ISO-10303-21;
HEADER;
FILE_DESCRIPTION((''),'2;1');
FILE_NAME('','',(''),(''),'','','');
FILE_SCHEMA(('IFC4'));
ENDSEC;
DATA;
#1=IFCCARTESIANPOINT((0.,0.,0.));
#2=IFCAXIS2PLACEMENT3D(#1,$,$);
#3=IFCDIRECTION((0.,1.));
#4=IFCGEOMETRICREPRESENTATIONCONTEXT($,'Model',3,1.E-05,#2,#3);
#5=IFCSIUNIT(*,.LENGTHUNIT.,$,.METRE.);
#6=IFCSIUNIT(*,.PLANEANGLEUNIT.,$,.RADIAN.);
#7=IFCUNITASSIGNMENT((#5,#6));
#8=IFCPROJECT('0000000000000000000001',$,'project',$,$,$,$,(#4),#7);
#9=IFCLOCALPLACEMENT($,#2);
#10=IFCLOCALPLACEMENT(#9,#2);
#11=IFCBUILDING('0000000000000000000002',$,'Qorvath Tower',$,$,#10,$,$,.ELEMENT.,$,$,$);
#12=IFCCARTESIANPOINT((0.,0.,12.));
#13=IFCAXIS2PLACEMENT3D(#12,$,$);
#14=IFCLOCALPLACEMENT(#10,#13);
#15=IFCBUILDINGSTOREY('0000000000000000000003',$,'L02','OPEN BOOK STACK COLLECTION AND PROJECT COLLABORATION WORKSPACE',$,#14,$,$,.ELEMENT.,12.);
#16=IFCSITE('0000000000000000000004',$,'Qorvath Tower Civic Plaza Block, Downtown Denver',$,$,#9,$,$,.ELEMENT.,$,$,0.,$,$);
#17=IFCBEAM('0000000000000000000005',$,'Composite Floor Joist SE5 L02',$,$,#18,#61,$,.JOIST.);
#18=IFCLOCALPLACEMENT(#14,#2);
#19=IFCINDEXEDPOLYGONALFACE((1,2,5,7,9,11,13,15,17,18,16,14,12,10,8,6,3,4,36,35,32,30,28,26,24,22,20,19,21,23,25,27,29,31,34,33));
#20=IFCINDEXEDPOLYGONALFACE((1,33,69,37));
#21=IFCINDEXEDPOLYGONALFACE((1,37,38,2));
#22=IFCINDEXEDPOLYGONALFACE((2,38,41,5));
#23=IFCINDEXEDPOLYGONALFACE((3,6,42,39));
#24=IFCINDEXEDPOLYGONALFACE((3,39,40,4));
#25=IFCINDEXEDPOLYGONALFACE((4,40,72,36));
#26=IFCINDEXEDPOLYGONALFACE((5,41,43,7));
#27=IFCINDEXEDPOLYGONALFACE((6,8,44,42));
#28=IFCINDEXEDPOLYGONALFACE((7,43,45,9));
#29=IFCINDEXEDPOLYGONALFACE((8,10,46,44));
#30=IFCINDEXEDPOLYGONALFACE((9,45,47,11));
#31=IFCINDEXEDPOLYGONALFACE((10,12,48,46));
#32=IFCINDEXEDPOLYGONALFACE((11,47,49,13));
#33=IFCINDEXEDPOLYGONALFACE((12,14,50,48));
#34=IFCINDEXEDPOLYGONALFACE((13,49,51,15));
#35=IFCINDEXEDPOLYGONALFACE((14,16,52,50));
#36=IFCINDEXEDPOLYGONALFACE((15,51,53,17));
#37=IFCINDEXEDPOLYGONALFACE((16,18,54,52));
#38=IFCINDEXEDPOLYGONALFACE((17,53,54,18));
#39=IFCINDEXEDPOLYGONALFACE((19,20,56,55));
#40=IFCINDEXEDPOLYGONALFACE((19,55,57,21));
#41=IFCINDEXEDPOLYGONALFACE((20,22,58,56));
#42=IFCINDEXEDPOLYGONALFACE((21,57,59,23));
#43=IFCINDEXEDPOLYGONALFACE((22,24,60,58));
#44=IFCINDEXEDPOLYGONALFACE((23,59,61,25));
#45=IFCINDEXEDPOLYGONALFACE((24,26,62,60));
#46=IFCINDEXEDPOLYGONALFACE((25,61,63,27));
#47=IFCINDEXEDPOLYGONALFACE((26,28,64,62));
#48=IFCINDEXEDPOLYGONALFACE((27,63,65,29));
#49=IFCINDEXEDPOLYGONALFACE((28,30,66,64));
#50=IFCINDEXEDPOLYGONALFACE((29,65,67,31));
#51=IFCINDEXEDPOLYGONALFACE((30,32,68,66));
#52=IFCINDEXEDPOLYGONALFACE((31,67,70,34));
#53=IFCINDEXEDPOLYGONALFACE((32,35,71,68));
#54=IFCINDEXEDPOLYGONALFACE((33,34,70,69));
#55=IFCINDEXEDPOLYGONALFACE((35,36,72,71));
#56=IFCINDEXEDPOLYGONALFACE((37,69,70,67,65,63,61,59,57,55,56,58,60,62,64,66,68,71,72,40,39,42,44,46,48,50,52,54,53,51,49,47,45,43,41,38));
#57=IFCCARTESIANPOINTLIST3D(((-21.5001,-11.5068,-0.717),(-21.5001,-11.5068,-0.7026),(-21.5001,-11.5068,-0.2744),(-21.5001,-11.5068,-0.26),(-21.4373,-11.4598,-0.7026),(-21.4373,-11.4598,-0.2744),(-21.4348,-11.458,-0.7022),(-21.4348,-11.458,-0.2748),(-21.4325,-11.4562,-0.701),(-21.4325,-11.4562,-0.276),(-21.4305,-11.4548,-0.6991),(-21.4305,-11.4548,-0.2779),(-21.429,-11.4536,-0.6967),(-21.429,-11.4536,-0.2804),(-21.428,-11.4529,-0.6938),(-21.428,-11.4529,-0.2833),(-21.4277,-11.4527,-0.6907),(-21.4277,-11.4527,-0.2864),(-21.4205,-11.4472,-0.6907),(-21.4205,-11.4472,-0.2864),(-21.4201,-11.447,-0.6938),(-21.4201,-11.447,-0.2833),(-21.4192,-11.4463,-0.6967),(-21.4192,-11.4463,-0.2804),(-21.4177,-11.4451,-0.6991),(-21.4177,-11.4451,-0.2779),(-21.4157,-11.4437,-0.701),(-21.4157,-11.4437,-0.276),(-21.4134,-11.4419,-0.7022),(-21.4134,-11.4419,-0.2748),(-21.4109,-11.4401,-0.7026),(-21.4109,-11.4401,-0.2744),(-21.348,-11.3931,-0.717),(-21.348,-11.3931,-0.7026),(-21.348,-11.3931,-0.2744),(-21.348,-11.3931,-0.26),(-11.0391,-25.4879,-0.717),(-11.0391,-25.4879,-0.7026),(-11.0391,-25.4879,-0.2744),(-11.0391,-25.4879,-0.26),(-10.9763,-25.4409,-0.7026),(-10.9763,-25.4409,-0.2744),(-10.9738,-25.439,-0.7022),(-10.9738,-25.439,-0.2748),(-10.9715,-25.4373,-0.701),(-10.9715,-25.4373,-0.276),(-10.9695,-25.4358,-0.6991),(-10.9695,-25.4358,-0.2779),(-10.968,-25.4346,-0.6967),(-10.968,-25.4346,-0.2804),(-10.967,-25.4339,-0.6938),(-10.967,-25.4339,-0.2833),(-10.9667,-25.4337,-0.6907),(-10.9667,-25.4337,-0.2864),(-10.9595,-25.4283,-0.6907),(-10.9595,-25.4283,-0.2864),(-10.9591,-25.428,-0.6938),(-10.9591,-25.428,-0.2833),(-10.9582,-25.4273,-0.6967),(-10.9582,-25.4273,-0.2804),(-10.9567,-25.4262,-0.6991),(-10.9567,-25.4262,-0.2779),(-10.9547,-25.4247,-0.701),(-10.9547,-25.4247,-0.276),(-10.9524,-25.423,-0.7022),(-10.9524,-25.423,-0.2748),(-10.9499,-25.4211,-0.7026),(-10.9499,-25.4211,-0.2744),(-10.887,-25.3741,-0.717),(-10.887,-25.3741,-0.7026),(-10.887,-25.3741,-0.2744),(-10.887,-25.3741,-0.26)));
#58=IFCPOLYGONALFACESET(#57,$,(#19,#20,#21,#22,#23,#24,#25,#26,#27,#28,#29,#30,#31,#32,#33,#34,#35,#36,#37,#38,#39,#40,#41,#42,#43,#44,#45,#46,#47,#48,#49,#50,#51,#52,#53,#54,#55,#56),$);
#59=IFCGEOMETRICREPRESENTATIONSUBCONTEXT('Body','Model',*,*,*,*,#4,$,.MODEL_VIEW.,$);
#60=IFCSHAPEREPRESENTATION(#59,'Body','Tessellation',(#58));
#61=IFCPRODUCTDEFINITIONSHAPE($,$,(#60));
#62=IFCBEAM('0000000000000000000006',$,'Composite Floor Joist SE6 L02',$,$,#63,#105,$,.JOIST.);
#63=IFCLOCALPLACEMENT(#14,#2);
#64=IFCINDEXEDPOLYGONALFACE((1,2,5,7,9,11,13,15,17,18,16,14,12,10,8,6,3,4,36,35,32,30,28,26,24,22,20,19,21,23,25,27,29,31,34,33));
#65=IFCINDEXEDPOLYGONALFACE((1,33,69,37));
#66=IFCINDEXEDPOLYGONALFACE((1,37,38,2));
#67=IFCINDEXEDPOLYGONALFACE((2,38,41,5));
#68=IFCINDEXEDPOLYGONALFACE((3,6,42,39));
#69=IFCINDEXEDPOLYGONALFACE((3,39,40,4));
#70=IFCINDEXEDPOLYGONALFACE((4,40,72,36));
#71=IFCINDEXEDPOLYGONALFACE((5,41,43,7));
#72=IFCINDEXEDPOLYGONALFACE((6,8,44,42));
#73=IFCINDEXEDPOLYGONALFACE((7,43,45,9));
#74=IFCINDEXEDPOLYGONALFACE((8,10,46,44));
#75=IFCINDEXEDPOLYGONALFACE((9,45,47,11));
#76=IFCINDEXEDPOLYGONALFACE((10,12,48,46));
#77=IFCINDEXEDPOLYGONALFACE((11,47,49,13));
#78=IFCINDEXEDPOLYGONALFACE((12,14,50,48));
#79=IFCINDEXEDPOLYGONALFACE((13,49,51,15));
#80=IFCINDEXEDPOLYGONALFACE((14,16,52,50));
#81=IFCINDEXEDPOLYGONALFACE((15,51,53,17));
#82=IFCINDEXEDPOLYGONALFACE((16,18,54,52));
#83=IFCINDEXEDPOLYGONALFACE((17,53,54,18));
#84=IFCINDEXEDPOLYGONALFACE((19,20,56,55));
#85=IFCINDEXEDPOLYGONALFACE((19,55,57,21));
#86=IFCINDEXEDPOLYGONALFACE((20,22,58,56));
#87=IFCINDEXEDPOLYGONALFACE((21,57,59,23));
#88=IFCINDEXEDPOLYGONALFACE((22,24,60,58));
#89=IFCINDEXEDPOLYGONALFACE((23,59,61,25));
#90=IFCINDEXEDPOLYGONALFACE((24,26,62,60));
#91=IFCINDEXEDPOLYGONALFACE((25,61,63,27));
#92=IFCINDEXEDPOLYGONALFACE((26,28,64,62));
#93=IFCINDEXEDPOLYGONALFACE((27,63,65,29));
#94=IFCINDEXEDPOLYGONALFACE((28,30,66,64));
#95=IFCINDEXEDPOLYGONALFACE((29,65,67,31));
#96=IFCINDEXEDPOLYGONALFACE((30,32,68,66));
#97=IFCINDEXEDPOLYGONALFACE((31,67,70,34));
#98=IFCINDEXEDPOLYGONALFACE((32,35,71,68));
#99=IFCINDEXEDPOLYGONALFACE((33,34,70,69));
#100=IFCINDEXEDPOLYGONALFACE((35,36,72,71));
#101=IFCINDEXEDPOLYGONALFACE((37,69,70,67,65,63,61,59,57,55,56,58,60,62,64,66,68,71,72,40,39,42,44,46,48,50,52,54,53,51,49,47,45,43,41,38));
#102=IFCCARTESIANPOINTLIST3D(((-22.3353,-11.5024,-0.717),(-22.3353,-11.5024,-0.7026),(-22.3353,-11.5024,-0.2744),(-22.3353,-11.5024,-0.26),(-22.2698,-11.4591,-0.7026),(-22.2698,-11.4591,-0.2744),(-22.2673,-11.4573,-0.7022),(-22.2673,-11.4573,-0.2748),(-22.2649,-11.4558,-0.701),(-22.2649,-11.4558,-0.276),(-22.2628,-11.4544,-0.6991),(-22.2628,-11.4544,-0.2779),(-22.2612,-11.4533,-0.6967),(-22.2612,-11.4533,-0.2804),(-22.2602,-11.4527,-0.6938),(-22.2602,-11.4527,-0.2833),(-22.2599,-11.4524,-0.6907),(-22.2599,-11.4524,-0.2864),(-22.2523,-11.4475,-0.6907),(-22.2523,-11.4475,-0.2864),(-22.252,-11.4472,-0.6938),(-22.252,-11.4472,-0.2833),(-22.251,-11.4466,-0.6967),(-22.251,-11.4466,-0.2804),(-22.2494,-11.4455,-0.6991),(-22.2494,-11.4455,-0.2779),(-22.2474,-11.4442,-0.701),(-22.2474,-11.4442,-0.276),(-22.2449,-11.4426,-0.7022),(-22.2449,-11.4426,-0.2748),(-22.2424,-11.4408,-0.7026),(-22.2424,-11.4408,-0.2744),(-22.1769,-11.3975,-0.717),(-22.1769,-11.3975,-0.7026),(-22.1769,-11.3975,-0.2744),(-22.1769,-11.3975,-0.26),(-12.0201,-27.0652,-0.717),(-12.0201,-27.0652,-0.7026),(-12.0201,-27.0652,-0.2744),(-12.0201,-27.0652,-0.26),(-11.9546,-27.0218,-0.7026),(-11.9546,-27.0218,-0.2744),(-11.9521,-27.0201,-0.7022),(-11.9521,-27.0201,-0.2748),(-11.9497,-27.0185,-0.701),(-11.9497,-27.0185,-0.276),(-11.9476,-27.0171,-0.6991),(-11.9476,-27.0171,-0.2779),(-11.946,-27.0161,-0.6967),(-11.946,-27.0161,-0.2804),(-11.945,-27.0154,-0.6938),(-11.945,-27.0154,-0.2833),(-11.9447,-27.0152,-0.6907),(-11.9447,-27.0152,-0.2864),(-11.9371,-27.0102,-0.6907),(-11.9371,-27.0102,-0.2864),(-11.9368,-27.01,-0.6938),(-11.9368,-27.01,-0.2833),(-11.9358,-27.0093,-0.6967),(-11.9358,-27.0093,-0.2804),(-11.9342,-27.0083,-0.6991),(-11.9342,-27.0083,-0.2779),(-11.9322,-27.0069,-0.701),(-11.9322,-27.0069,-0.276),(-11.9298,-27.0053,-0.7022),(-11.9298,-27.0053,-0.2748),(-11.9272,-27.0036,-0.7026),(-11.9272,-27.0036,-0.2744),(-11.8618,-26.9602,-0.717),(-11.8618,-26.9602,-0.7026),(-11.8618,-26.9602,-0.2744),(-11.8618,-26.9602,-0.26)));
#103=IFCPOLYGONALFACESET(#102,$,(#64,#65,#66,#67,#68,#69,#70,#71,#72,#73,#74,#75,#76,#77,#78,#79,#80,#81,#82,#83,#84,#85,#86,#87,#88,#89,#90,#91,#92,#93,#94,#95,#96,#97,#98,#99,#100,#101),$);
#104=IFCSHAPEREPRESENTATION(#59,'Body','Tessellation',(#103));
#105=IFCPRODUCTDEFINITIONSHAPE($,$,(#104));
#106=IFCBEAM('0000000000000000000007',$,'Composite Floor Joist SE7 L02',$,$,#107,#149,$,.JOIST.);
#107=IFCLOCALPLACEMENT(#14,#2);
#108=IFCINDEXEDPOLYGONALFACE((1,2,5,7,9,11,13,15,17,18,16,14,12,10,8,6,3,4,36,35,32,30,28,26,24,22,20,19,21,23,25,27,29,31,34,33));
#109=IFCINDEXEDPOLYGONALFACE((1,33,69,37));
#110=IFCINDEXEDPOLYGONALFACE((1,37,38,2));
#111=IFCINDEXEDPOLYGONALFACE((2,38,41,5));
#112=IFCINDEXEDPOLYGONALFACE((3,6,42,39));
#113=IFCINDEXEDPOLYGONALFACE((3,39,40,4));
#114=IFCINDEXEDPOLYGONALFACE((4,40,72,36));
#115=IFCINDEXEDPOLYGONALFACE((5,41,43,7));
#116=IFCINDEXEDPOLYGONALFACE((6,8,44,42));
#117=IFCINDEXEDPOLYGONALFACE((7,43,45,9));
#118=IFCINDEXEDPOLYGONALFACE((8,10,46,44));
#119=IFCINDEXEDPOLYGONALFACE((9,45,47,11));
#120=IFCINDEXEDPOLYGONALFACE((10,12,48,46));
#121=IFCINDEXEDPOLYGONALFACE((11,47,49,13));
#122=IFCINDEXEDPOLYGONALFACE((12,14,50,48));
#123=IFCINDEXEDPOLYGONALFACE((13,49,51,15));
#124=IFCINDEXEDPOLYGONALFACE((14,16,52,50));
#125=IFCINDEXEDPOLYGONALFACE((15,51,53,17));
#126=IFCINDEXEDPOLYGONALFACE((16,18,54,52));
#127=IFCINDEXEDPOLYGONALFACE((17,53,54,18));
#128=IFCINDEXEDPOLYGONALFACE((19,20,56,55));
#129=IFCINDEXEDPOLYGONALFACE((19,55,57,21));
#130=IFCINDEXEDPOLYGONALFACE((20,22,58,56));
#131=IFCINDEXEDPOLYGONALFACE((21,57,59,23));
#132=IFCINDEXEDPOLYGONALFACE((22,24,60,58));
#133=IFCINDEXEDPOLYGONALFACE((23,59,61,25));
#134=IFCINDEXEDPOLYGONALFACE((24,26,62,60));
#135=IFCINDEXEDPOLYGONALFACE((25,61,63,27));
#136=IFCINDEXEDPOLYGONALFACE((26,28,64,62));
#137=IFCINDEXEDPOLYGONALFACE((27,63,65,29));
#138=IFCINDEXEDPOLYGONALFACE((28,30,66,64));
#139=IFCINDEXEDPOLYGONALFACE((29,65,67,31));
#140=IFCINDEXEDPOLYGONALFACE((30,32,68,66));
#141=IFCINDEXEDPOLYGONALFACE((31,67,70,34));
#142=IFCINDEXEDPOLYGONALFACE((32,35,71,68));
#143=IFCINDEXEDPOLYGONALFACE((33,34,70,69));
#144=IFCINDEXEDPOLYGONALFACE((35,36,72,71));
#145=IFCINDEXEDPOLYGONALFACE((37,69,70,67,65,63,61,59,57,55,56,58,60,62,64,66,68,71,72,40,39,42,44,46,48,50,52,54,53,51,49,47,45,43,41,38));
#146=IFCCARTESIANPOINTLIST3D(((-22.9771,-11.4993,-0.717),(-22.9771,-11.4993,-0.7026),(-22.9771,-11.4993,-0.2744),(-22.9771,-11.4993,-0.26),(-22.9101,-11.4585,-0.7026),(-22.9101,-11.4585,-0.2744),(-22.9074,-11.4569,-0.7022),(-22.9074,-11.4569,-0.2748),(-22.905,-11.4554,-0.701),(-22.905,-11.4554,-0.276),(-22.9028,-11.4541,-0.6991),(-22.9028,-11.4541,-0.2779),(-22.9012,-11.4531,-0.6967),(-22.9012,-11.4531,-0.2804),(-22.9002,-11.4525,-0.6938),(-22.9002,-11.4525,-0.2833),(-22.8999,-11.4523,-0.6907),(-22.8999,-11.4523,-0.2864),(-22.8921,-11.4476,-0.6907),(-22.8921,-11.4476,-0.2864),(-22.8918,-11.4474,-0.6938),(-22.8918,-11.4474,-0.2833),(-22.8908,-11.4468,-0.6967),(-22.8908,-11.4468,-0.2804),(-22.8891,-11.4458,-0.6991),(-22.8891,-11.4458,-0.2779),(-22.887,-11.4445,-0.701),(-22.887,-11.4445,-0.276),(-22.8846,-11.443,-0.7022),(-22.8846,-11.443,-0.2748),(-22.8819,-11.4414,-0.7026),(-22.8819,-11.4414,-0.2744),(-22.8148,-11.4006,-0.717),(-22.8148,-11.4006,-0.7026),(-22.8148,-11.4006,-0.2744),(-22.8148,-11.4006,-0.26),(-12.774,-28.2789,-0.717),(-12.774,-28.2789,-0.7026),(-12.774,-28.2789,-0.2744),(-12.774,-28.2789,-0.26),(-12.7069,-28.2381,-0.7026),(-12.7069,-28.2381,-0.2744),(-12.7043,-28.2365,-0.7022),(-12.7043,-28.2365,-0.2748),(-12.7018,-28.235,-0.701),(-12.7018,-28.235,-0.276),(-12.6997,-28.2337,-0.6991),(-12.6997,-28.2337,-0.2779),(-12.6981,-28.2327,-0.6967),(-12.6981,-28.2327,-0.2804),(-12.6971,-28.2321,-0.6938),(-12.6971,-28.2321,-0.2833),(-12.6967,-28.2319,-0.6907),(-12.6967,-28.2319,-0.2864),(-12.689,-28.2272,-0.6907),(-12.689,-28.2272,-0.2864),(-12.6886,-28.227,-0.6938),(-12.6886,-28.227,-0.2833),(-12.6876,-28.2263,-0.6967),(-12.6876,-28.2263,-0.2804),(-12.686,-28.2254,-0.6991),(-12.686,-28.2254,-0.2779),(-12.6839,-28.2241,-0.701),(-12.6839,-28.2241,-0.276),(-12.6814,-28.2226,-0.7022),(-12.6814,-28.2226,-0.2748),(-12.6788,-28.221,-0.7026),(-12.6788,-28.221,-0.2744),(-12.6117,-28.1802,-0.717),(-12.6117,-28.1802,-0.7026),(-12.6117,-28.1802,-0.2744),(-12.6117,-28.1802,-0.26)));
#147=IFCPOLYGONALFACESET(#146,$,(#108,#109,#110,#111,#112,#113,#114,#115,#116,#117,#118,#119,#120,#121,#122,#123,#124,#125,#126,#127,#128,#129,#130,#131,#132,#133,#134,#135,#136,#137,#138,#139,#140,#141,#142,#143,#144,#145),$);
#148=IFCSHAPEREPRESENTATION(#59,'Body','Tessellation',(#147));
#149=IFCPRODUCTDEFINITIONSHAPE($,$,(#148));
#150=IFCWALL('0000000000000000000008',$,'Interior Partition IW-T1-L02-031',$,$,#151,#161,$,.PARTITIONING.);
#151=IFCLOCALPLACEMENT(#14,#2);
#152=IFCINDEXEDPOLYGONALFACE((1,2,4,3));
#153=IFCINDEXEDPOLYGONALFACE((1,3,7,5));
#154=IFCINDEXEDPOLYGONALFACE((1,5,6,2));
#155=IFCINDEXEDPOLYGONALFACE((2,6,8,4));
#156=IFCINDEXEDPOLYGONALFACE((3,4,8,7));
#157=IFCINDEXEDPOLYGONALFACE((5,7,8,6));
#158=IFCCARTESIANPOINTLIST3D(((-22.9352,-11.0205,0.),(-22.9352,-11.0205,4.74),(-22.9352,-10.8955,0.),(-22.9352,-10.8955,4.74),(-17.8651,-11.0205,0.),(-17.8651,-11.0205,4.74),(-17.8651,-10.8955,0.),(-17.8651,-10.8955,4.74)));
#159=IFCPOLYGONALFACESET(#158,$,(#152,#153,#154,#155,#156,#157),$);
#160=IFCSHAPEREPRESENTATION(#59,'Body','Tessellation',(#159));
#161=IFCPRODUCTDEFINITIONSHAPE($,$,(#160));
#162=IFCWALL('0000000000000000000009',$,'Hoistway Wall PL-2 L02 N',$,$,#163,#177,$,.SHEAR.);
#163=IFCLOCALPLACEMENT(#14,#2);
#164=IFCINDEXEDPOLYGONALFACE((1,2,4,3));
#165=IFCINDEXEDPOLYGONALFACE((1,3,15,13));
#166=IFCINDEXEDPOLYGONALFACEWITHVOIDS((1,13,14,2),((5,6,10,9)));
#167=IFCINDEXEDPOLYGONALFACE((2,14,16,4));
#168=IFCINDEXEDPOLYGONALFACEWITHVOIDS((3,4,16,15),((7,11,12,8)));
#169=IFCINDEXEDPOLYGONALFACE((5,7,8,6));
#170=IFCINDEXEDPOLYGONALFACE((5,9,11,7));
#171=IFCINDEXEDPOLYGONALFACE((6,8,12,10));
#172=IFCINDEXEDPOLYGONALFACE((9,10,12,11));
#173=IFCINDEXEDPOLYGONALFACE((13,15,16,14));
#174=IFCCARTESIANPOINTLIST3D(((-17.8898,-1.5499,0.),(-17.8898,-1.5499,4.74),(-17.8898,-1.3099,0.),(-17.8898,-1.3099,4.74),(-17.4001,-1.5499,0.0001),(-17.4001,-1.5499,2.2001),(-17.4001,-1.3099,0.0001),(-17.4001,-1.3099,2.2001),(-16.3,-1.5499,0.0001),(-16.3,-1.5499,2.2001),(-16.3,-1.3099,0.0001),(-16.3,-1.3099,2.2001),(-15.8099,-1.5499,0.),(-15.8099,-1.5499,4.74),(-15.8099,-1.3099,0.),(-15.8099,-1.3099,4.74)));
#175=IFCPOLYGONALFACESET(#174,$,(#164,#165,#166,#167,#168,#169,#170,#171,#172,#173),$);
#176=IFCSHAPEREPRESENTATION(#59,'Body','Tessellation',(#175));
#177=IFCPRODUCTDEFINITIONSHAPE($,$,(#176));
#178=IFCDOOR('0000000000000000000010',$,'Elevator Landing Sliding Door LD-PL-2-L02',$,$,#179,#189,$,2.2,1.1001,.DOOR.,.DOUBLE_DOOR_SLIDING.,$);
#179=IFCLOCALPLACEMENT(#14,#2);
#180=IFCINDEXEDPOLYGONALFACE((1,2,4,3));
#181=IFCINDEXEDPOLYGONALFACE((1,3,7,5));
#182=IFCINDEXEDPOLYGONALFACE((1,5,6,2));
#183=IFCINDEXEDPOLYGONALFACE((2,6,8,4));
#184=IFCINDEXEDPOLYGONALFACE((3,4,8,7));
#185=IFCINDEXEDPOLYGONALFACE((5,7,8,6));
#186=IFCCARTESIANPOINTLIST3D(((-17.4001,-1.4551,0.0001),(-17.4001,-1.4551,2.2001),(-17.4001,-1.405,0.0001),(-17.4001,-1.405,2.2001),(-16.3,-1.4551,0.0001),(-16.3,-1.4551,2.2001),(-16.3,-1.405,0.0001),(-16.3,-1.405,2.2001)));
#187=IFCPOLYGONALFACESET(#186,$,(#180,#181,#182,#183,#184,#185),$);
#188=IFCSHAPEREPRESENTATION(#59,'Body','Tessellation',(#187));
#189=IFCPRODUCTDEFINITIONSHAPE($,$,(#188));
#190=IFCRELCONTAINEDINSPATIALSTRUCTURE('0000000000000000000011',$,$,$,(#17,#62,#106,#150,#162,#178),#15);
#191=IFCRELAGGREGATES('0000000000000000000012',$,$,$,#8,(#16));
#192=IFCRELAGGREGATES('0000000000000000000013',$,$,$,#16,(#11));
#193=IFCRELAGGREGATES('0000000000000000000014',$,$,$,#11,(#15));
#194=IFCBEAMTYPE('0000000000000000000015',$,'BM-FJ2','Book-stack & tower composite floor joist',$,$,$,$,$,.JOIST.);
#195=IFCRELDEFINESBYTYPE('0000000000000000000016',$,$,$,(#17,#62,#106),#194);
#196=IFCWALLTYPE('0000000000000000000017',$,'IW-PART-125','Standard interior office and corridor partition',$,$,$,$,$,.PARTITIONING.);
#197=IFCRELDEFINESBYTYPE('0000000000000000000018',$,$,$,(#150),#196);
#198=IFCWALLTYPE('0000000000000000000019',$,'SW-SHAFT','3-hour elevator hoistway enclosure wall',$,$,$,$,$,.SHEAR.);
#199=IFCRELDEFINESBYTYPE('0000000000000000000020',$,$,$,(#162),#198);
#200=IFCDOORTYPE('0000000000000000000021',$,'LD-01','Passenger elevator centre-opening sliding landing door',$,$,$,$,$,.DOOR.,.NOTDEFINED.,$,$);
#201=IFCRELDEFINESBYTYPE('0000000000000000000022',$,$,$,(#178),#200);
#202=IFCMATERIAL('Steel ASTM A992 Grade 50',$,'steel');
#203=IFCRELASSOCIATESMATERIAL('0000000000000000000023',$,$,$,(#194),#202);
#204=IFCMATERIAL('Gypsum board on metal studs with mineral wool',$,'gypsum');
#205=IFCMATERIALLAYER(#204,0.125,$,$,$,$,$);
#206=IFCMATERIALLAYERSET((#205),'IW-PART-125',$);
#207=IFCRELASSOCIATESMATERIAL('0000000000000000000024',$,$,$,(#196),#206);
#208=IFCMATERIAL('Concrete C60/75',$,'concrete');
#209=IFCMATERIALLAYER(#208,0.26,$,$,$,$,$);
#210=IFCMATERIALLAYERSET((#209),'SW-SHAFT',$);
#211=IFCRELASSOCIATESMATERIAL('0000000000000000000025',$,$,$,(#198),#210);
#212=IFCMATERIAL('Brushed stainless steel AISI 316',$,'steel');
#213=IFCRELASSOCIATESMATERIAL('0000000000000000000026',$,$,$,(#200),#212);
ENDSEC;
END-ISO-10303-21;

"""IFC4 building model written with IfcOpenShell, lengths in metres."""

from ifc_helpers import new_model, si_unit, direction, frame, frame_2d, origin, origin_2d, place, context, subcontext, project, spatial, rectangle, i_section, extrude, material, layer, layer_set, material_profile, profile_set, type_object, element, fill, save


model = new_model("IFC4")

# Units and contexts
model_context = context("Model", 3, precision=1e-05, world=origin(), true_north=direction((0.0, 1.0)))
body_context = subcontext(model_context, "Body", "Model", "MODEL_VIEW")
ifc_project = project(units=[si_unit("LENGTHUNIT", "METRE"), si_unit("PLANEANGLEUNIT", "RADIAN")], contexts=[model_context])

# Site, building, storey
site_placement = place(None, origin())
site = spatial("IfcSite", under=ifc_project, at=site_placement, Name="Qorvath Tower Civic Plaza Block, Downtown Denver", CompositionType="ELEMENT", RefElevation=0.0)
building_placement = place(site_placement, origin())
building = spatial("IfcBuilding", under=site, at=building_placement, Name="Qorvath Tower", CompositionType="ELEMENT")
storey_placement = place(building_placement, frame((0.0, 0.0, 12.0)))
storey = spatial("IfcBuildingStorey", under=building, at=storey_placement, Name="L02", Description="OPEN BOOK STACK COLLECTION AND PROJECT COLLABORATION WORKSPACE", CompositionType="ELEMENT", Elevation=12.0)

# Beams
ifc_material_1 = material(Name="Steel ASTM A992 Grade 50", Category="steel")
ifc_material_profile_1 = material_profile(ifc_material_1, i_section(OverallWidth=0.1899, OverallDepth=0.457, WebThickness=0.009, FlangeThickness=0.0144, FilletRadius=0.012, at=origin_2d()), Name="W18x50")
ifc_profile_set_1 = profile_set([ifc_material_profile_1], Name="Steel ASTM A992 Grade 50")
beam_type_1 = type_object("IfcBeamType", Name="BM-FJ2", Description="Book-stack & tower composite floor joist", PredefinedType="JOIST", material=ifc_profile_set_1)
beam_1_placement = place(storey_placement, frame((-21.4241, -11.45, -0.4885), z_axis=(0.599091, -0.800681, 0.0), x_axis=(0.800681, 0.599091, 0.0)))
element("IfcBeam", 1, at=beam_1_placement, inside=storey, type_object=beam_type_1, Name="Composite Floor Joist SE5 L02", PredefinedType="JOIST", context=body_context, shape_type="SweptSolid", body=[
    extrude(i_section(OverallWidth=0.1899, OverallDepth=0.457, WebThickness=0.009, FlangeThickness=0.0144, FilletRadius=0.012, at=origin_2d()), origin(), (0.0, 0.0, 1.0), 17.4614),
])
beam_2_placement = place(storey_placement, frame((-22.2561, -11.45, -0.4885), z_axis=(0.552474, -0.83353, 0.0), x_axis=(0.83353, 0.552474, 0.0)))
element("IfcBeam", 2, at=beam_2_placement, inside=storey, type_object=beam_type_1, Name="Composite Floor Joist SE6 L02", PredefinedType="JOIST", context=body_context, shape_type="SweptSolid", body=[
    extrude(i_section(OverallWidth=0.1899, OverallDepth=0.457, WebThickness=0.009, FlangeThickness=0.0144, FilletRadius=0.012, at=origin_2d()), origin(), (0.0, 0.0, 1.0), 18.6709),
])
beam_3_placement = place(storey_placement, frame((-22.896, -11.45, -0.4885), z_axis=(0.519556, -0.854436, 0.0), x_axis=(0.854436, 0.519556, 0.0)))
element("IfcBeam", 3, at=beam_3_placement, inside=storey, type_object=beam_type_1, Name="Composite Floor Joist SE7 L02", PredefinedType="JOIST", context=body_context, shape_type="SweptSolid", body=[
    extrude(i_section(OverallWidth=0.1899, OverallDepth=0.457, WebThickness=0.009, FlangeThickness=0.0144, FilletRadius=0.012, at=origin_2d()), origin(), (0.0, 0.0, 1.0), 19.6382),
])

# Wall
ifc_material_2 = material(Name="Gypsum board on metal studs with mineral wool", Category="gypsum")
ifc_layer_1 = layer(ifc_material_2, 0.125)
ifc_layer_set_1 = layer_set([ifc_layer_1], Name="IW-PART-125")
wall_type_1 = type_object("IfcWallType", Name="IW-PART-125", Description="Standard interior office and corridor partition", PredefinedType="PARTITIONING", material=ifc_layer_set_1)
wall_1_placement = place(storey_placement, frame((-17.865, -10.958, 0.0), z_axis=(0.0, 0.0, 1.0), x_axis=(-1.0, 0.0, 0.0)))
element("IfcWall", 4, at=wall_1_placement, inside=storey, type_object=wall_type_1, Name="Interior Partition IW-T1-L02-031", PredefinedType="PARTITIONING", context=body_context, shape_type="SweptSolid", body=[
    extrude(rectangle(XDim=5.0701, YDim=0.125, at=frame_2d((2.5352, 0.0))), origin(), (0.0, 0.0, 1.0), 4.74),
])

# Wall, opening, door
ifc_material_3 = material(Name="Concrete C60/75", Category="concrete")
ifc_layer_2 = layer(ifc_material_3, 0.26)
ifc_layer_set_2 = layer_set([ifc_layer_2], Name="SW-SHAFT")
wall_type_2 = type_object("IfcWallType", Name="SW-SHAFT", Description="3-hour elevator hoistway enclosure wall", PredefinedType="SHEAR", material=ifc_layer_set_2)
wall_2_placement = place(storey_placement, frame((-17.8899, -1.4299, 0.0), z_axis=(0.0, 0.0, 1.0), x_axis=(1.0, 0.0, 0.0)))
wall_2 = element("IfcWall", 5, at=wall_2_placement, inside=storey, type_object=wall_type_2, Name="Hoistway Wall PL-2 L02 N", PredefinedType="SHEAR", context=body_context, shape_type="SweptSolid", body=[
    extrude(rectangle(XDim=2.0798, YDim=0.24, at=frame_2d((1.04, 0.0))), origin(), (0.0, 0.0, 1.0), 4.74),
])
opening_placement = place(wall_2_placement, frame((0.4897, 0.0, 0.0)))
opening = element("IfcOpeningElement", 6, at=opening_placement, cuts=wall_2, PredefinedType="OPENING", context=body_context, shape_type="SweptSolid", body=[
    extrude(rectangle(XDim=1.1001, YDim=2.2, at=frame_2d((0.55, 1.1001))), frame((0.0, 0.1299, 0.0), z_axis=(0.0, -1.0, 0.0), x_axis=(1.0, 0.0, 0.0)), (0.0, 0.0, 1.0), 0.26),
])
ifc_material_4 = material(Name="Brushed stainless steel AISI 316", Category="steel")
door_type = type_object("IfcDoorType", Name="LD-01", Description="Passenger elevator centre-opening sliding landing door", OperationType="NOTDEFINED", PredefinedType="DOOR", material=ifc_material_4)
door_placement = place(opening_placement, origin())
door = element("IfcDoor", 7, at=door_placement, inside=storey, type_object=door_type, Name="Elevator Landing Sliding Door LD-PL-2-L02", OperationType="DOUBLE_DOOR_SLIDING", OverallHeight=2.2, OverallWidth=1.1001, PredefinedType="DOOR", context=body_context, shape_type="SweptSolid", body=[
    extrude(rectangle(XDim=1.1001, YDim=2.2, at=frame_2d((0.55, 1.1001))), frame((0.0, 0.0249, 0.0), z_axis=(0.0, -1.0, 0.0), x_axis=(1.0, 0.0, 0.0)), (0.0, 0.0, 1.0), 0.05),
])
fill(opening, door)

save(model, "model.ifc")
